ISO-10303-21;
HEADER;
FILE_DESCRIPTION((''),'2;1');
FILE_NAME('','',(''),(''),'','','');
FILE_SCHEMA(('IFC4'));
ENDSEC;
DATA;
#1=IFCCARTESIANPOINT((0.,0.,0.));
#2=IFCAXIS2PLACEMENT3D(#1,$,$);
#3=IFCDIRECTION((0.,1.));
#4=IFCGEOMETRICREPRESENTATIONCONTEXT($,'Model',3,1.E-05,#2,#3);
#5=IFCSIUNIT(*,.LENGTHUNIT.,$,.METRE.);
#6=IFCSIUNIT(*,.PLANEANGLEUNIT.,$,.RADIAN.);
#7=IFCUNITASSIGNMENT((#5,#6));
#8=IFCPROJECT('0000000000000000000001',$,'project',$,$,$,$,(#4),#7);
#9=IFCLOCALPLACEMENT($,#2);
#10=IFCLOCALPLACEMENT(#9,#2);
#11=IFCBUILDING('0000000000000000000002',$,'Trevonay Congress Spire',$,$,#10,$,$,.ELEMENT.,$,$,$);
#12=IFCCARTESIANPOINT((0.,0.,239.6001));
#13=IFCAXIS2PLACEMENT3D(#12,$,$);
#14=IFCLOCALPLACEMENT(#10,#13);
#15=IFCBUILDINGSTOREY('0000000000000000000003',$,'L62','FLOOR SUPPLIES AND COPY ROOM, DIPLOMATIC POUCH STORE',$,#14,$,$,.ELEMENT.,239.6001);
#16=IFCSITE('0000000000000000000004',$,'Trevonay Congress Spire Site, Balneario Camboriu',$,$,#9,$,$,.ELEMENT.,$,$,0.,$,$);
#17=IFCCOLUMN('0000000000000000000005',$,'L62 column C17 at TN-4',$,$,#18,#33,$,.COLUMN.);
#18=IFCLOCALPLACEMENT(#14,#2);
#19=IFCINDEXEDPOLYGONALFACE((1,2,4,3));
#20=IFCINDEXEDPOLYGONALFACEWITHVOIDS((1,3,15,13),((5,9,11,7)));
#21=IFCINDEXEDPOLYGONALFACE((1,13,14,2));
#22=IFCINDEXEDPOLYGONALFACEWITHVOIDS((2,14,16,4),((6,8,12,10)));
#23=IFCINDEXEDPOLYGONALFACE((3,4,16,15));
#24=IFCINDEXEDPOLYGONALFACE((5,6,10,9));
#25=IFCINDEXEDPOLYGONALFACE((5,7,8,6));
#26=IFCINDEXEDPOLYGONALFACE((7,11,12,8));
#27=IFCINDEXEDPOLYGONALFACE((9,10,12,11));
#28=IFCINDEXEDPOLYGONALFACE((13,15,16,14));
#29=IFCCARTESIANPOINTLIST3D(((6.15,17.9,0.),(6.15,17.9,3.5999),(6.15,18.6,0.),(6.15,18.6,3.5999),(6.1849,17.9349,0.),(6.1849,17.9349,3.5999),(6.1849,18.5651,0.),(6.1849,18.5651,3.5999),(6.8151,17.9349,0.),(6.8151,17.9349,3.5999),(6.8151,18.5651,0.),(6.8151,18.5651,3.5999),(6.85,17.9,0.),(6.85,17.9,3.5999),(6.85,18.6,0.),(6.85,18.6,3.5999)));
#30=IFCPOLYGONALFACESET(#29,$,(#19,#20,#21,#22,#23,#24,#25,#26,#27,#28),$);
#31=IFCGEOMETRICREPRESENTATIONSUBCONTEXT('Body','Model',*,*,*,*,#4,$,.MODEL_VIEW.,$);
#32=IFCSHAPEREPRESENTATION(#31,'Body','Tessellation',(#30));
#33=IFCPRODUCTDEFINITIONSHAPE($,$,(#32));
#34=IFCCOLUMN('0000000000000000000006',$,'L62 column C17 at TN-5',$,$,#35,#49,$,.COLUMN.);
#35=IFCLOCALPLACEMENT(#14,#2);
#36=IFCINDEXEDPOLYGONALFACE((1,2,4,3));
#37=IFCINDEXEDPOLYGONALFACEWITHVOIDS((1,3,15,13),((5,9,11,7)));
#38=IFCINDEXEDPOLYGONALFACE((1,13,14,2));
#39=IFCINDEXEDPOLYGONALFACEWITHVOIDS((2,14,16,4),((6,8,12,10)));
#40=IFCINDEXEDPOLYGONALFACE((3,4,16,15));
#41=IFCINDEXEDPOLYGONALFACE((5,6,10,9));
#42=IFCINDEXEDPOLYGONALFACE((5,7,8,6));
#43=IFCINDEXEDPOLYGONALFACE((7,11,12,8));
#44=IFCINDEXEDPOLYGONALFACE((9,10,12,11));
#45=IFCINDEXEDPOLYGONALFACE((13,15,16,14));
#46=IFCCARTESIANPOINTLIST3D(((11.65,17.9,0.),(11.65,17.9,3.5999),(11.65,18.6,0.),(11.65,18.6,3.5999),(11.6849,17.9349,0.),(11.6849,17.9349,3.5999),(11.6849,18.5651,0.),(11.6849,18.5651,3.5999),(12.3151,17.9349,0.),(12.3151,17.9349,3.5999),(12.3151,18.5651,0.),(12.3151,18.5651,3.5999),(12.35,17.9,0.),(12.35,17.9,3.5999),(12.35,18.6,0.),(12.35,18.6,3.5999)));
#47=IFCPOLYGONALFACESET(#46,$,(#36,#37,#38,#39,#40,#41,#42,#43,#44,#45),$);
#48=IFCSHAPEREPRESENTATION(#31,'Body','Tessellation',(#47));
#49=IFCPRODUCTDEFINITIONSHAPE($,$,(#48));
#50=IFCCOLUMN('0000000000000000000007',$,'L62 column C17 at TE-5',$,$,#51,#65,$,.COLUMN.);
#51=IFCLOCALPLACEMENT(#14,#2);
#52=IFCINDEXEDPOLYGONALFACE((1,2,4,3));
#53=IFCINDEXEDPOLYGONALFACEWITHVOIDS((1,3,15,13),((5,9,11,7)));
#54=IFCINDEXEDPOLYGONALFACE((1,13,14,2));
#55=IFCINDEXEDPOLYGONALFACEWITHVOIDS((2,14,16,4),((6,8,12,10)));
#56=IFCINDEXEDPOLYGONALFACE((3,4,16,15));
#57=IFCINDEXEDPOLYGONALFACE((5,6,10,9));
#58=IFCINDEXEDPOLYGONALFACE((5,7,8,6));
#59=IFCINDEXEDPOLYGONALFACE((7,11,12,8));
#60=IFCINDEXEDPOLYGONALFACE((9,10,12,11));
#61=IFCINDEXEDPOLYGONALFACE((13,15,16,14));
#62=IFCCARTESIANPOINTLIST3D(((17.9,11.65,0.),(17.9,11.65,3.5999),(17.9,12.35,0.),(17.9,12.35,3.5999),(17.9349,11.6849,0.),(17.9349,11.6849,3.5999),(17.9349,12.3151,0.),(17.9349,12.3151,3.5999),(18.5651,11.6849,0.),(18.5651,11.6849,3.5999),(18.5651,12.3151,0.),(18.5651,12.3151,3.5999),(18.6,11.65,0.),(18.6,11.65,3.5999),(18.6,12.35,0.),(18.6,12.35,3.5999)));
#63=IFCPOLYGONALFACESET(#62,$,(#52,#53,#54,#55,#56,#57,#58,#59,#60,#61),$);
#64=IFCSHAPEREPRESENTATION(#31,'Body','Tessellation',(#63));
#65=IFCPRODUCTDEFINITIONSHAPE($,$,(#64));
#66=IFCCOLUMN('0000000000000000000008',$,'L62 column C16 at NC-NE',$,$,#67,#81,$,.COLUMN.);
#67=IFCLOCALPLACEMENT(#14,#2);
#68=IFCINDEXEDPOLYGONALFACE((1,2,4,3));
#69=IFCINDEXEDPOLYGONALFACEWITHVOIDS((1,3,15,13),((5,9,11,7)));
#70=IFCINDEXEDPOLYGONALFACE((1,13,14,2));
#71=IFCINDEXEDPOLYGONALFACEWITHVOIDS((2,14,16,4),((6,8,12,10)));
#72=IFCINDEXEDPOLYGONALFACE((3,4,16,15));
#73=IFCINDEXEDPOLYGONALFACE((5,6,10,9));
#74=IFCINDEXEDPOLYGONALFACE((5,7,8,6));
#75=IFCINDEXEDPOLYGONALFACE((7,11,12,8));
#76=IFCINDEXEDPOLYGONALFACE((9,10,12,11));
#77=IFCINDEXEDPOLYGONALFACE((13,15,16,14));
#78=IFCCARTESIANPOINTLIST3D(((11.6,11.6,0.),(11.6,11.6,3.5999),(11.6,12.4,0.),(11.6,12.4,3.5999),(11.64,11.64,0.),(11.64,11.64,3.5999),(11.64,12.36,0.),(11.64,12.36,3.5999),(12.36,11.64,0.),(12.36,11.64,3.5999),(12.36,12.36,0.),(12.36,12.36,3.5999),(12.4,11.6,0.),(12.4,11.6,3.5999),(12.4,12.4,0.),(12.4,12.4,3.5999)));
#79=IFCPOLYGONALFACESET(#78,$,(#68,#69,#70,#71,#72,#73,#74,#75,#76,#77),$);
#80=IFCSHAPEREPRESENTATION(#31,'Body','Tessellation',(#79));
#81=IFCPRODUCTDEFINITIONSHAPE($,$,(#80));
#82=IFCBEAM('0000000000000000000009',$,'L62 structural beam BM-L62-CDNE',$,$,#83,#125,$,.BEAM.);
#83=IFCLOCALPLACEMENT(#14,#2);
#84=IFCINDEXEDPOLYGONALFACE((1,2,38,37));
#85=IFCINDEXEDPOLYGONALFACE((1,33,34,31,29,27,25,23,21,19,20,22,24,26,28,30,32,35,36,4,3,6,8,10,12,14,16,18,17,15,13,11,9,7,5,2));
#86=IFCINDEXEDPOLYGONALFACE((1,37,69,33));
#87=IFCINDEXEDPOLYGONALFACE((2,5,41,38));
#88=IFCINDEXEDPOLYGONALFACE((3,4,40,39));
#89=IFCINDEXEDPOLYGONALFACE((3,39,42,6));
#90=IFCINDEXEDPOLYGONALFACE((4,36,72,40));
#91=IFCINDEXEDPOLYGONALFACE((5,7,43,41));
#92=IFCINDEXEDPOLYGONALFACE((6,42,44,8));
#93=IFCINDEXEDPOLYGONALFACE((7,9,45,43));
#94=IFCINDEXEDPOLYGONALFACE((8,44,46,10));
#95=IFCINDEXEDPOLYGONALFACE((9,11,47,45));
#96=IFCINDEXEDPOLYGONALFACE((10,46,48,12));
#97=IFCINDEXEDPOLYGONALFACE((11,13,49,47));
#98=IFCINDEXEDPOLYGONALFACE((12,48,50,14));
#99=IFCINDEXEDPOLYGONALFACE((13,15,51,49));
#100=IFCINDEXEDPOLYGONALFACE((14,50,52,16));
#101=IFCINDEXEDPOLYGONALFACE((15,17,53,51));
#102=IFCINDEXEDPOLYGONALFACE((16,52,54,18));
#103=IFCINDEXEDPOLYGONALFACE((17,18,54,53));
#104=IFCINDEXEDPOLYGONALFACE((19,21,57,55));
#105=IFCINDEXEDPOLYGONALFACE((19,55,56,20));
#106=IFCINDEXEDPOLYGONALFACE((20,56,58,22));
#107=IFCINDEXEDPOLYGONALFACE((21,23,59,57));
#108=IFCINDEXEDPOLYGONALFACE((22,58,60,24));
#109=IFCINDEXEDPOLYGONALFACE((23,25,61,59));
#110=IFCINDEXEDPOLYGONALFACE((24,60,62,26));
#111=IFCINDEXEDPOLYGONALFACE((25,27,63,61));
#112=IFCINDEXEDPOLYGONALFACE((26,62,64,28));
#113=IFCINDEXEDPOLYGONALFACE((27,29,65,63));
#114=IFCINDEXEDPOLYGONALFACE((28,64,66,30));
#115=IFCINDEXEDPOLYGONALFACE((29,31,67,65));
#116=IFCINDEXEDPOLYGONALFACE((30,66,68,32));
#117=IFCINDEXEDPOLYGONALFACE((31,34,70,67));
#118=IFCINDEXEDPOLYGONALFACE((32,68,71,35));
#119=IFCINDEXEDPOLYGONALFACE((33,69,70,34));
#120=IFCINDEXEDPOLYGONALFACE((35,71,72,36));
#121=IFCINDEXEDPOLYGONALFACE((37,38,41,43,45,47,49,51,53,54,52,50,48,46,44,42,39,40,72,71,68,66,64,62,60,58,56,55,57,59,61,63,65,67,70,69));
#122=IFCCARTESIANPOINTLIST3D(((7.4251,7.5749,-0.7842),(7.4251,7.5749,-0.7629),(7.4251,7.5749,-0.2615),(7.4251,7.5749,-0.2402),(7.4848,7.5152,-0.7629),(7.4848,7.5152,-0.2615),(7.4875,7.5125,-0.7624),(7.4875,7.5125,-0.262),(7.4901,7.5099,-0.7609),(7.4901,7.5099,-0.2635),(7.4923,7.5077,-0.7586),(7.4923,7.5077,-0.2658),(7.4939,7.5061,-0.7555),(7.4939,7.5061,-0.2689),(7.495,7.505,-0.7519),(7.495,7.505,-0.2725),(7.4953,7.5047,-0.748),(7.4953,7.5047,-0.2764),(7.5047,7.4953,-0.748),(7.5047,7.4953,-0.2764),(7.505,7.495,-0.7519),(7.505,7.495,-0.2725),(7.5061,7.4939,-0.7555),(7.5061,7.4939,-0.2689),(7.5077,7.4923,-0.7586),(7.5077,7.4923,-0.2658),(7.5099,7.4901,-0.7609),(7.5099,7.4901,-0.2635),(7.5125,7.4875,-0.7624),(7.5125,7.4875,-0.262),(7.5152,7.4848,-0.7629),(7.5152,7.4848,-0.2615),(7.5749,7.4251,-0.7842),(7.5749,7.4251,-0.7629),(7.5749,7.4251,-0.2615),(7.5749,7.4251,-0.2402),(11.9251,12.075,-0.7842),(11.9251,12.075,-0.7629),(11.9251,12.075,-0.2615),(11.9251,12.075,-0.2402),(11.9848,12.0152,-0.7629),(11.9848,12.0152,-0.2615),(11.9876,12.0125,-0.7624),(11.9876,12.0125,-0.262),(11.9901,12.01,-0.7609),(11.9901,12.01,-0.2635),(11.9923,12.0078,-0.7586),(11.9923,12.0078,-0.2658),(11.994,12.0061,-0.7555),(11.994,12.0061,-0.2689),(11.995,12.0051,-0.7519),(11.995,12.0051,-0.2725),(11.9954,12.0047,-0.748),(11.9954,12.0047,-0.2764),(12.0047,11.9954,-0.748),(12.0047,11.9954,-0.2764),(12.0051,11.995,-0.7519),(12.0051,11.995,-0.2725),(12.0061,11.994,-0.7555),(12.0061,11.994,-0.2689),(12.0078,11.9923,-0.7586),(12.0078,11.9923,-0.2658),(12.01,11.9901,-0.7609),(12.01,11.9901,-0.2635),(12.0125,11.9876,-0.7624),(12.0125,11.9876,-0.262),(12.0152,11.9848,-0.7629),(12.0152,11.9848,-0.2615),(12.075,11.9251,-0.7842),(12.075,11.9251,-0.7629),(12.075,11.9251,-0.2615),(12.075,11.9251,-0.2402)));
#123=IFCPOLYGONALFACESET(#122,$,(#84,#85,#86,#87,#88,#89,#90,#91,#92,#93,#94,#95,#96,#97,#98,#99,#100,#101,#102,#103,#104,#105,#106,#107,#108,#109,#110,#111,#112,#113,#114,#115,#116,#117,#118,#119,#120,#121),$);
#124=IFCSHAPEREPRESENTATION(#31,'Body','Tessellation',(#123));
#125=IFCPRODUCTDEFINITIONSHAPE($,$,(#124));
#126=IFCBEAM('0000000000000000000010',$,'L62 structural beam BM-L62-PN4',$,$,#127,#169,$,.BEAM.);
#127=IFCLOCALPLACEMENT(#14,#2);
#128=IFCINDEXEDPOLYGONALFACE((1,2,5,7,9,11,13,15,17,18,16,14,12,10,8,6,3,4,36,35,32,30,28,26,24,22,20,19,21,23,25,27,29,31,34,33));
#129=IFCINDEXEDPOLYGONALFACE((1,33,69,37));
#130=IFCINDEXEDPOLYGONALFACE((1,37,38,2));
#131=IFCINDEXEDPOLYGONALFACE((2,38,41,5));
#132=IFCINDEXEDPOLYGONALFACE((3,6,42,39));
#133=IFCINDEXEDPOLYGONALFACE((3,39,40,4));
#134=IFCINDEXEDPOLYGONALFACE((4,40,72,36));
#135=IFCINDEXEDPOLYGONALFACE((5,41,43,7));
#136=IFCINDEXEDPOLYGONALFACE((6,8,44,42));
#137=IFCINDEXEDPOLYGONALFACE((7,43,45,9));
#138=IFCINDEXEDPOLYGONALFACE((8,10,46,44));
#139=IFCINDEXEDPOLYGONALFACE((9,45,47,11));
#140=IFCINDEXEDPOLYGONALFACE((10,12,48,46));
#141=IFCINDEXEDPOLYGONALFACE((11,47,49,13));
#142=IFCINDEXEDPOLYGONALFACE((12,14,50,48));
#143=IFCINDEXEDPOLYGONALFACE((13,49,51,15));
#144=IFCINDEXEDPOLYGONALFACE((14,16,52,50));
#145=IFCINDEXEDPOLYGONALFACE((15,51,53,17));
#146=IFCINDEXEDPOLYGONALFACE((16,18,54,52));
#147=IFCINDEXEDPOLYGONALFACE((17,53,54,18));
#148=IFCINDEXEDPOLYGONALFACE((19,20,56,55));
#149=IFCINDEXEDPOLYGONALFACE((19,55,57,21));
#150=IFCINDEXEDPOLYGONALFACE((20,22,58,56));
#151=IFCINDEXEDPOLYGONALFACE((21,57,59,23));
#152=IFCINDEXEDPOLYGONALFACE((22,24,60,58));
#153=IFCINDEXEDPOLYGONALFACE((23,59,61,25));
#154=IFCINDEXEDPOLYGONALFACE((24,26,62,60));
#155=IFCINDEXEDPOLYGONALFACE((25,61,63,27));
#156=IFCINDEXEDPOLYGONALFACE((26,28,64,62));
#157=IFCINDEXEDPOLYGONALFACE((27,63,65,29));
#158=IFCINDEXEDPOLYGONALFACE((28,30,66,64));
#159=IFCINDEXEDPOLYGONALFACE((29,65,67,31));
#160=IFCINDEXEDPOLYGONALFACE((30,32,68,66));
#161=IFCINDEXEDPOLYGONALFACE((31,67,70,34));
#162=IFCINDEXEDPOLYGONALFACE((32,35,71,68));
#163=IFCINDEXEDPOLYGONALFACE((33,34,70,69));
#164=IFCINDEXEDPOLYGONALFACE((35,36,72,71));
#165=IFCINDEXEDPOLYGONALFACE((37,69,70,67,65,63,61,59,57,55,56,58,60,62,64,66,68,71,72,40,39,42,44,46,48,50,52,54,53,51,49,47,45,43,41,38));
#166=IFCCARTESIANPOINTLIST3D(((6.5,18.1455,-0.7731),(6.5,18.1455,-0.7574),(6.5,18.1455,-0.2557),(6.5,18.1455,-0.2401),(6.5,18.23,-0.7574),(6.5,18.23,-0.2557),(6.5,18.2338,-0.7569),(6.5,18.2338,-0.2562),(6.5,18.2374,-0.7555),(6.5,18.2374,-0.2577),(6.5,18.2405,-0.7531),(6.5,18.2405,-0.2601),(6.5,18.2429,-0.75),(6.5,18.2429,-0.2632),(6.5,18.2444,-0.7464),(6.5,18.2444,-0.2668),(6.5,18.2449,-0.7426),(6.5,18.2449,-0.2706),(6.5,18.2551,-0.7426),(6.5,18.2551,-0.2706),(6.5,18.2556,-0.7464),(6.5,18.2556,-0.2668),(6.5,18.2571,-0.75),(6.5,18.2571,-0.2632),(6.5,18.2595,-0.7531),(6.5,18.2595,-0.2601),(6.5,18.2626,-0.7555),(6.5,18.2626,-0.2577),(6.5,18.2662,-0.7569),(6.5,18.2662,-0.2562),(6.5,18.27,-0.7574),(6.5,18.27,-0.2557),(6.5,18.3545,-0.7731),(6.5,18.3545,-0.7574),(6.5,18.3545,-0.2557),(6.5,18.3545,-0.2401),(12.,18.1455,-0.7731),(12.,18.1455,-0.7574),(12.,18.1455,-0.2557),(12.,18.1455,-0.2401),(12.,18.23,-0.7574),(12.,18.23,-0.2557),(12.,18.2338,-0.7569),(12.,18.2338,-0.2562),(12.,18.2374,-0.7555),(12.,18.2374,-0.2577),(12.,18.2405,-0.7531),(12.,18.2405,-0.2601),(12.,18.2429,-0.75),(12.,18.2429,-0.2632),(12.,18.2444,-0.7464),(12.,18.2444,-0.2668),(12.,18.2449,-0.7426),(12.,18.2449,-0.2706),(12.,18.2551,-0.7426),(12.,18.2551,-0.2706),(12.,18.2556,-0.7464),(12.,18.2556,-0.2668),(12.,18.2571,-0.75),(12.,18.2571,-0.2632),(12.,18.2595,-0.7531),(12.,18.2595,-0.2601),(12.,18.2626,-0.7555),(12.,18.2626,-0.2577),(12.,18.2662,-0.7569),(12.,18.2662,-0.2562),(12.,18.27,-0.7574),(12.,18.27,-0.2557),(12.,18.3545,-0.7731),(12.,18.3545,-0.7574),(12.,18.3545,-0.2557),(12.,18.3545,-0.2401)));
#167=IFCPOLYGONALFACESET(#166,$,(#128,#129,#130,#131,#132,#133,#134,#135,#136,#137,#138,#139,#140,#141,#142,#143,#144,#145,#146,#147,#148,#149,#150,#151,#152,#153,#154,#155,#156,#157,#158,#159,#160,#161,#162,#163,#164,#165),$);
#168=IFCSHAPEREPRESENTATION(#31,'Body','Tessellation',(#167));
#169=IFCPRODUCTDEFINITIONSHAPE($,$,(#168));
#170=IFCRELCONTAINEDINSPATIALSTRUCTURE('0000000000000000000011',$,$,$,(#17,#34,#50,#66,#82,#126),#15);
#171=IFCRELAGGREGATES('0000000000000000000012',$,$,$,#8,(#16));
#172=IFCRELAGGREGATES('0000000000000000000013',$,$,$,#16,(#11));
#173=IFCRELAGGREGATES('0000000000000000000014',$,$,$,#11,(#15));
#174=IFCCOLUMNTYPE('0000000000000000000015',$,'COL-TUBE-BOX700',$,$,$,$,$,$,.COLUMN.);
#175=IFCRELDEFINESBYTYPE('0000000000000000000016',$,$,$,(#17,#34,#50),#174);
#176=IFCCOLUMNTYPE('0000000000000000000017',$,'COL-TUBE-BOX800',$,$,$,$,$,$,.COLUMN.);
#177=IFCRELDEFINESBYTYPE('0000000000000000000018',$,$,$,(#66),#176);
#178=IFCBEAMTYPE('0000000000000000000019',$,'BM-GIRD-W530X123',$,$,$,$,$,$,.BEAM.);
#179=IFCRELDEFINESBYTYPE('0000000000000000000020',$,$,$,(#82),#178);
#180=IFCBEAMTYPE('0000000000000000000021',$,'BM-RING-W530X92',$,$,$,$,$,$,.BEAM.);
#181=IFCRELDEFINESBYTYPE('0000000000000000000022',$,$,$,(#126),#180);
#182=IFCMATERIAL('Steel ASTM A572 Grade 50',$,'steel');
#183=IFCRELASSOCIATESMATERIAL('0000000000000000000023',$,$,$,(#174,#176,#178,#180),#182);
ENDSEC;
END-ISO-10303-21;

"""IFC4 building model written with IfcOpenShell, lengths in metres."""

from ifc_helpers import new_model, si_unit, direction, frame, origin, origin_2d, place, context, subcontext, project, spatial, hollow_rectangle, i_section, extrude, material, material_profile, profile_set, type_object, element, save


model = new_model("IFC4")

# Units and contexts
model_context = context("Model", 3, precision=1e-05, world=origin(), true_north=direction((0.0, 1.0)))
body_context = subcontext(model_context, "Body", "Model", "MODEL_VIEW")
ifc_project = project(units=[si_unit("LENGTHUNIT", "METRE"), si_unit("PLANEANGLEUNIT", "RADIAN")], contexts=[model_context])

# Site, building, storey
site_placement = place(None, origin())
site = spatial("IfcSite", under=ifc_project, at=site_placement, Name="Trevonay Congress Spire Site, Balneario Camboriu", CompositionType="ELEMENT", RefElevation=0.0)
building_placement = place(site_placement, origin())
building = spatial("IfcBuilding", under=site, at=building_placement, Name="Trevonay Congress Spire", CompositionType="ELEMENT")
storey_placement = place(building_placement, frame((0.0, 0.0, 239.6001)))
storey = spatial("IfcBuildingStorey", under=building, at=storey_placement, Name="L62", Description="FLOOR SUPPLIES AND COPY ROOM, DIPLOMATIC POUCH STORE", CompositionType="ELEMENT", Elevation=239.6001)

# Columns
ifc_material_1 = material(Name="Steel ASTM A572 Grade 50", Category="steel")
ifc_material_profile_1 = material_profile(ifc_material_1, hollow_rectangle(XDim=0.7, YDim=0.7, WallThickness=0.0349, at=origin_2d()), Name="BOX 700x700x35")
ifc_profile_set_1 = profile_set([ifc_material_profile_1], Name="Steel ASTM A572 Grade 50")
column_type_1 = type_object("IfcColumnType", Name="COL-TUBE-BOX700", PredefinedType="COLUMN", material=ifc_profile_set_1)
for number, where, z_axis, x_axis, name in (
    (1, (6.5, 18.25, 0.0), (0.0, 0.0, 1.0), (1.0, 0.0, 0.0), "L62 column C17 at TN-4"),
    (2, (12.0, 18.25, 0.0), (0.0, 0.0, 1.0), (1.0, 0.0, 0.0), "L62 column C17 at TN-5"),
    (3, (18.25, 12.0, 0.0), (0.0, 0.0, 1.0), (1.0, 0.0, 0.0), "L62 column C17 at TE-5"),
):
    element("IfcColumn", number, at=place(storey_placement, frame(where, z_axis=z_axis, x_axis=x_axis)), inside=storey, type_object=column_type_1, Name=name, PredefinedType="COLUMN", context=body_context, shape_type="SweptSolid", body=[
        extrude(hollow_rectangle(XDim=0.7, YDim=0.7, WallThickness=0.0349, at=origin_2d()), origin(), (0.0, 0.0, 1.0), 3.5999),
    ])
ifc_material_profile_2 = material_profile(ifc_material_1, hollow_rectangle(XDim=0.8, YDim=0.8, WallThickness=0.04, at=origin_2d()), Name="BOX 800x800x40")
ifc_profile_set_2 = profile_set([ifc_material_profile_2], Name="Steel ASTM A572 Grade 50")
column_type_2 = type_object("IfcColumnType", Name="COL-TUBE-BOX800", PredefinedType="COLUMN", material=ifc_profile_set_2)
column_placement = place(storey_placement, frame((12.0, 12.0, 0.0), z_axis=(0.0, 0.0, 1.0), x_axis=(1.0, 0.0, 0.0)))
element("IfcColumn", 4, at=column_placement, inside=storey, type_object=column_type_2, Name="L62 column C16 at NC-NE", PredefinedType="COLUMN", context=body_context, shape_type="SweptSolid", body=[
    extrude(hollow_rectangle(XDim=0.8, YDim=0.8, WallThickness=0.04, at=origin_2d()), origin(), (0.0, 0.0, 1.0), 3.5999),
])

# Beams
ifc_material_profile_3 = material_profile(ifc_material_1, i_section(OverallWidth=0.2119, OverallDepth=0.5439, WebThickness=0.0132, FlangeThickness=0.0212, FilletRadius=0.0149, at=origin_2d()), Name="W530x123")
ifc_profile_set_3 = profile_set([ifc_material_profile_3], Name="Steel ASTM A572 Grade 50")
beam_type_1 = type_object("IfcBeamType", Name="BM-GIRD-W530X123", PredefinedType="BEAM", material=ifc_profile_set_3)
beam_1_placement = place(storey_placement, frame((7.5, 7.5, -0.5122), z_axis=(0.707107, 0.707107, 0.0), x_axis=(-0.707107, 0.707107, 0.0)))
element("IfcBeam", 5, at=beam_1_placement, inside=storey, type_object=beam_type_1, Name="L62 structural beam BM-L62-CDNE", PredefinedType="BEAM", context=body_context, shape_type="SweptSolid", body=[
    extrude(i_section(OverallWidth=0.2119, OverallDepth=0.5439, WebThickness=0.0132, FlangeThickness=0.0212, FilletRadius=0.0149, at=origin_2d()), origin(), (0.0, 0.0, 1.0), 6.364),
])
ifc_material_profile_4 = material_profile(ifc_material_1, i_section(OverallWidth=0.209, OverallDepth=0.533, WebThickness=0.0103, FlangeThickness=0.0156, FilletRadius=0.0149, at=origin_2d()), Name="W530x92")
ifc_profile_set_4 = profile_set([ifc_material_profile_4], Name="Steel ASTM A572 Grade 50")
beam_type_2 = type_object("IfcBeamType", Name="BM-RING-W530X92", PredefinedType="BEAM", material=ifc_profile_set_4)
beam_2_placement = place(storey_placement, frame((6.5, 18.25, -0.5066), z_axis=(1.0, 0.0, 0.0), x_axis=(0.0, 1.0, 0.0)))
element("IfcBeam", 6, at=beam_2_placement, inside=storey, type_object=beam_type_2, Name="L62 structural beam BM-L62-PN4", PredefinedType="BEAM", context=body_context, shape_type="SweptSolid", body=[
    extrude(i_section(OverallWidth=0.209, OverallDepth=0.533, WebThickness=0.0103, FlangeThickness=0.0156, FilletRadius=0.0149, at=origin_2d()), origin(), (0.0, 0.0, 1.0), 5.5),
])

save(model, "model.ifc")
